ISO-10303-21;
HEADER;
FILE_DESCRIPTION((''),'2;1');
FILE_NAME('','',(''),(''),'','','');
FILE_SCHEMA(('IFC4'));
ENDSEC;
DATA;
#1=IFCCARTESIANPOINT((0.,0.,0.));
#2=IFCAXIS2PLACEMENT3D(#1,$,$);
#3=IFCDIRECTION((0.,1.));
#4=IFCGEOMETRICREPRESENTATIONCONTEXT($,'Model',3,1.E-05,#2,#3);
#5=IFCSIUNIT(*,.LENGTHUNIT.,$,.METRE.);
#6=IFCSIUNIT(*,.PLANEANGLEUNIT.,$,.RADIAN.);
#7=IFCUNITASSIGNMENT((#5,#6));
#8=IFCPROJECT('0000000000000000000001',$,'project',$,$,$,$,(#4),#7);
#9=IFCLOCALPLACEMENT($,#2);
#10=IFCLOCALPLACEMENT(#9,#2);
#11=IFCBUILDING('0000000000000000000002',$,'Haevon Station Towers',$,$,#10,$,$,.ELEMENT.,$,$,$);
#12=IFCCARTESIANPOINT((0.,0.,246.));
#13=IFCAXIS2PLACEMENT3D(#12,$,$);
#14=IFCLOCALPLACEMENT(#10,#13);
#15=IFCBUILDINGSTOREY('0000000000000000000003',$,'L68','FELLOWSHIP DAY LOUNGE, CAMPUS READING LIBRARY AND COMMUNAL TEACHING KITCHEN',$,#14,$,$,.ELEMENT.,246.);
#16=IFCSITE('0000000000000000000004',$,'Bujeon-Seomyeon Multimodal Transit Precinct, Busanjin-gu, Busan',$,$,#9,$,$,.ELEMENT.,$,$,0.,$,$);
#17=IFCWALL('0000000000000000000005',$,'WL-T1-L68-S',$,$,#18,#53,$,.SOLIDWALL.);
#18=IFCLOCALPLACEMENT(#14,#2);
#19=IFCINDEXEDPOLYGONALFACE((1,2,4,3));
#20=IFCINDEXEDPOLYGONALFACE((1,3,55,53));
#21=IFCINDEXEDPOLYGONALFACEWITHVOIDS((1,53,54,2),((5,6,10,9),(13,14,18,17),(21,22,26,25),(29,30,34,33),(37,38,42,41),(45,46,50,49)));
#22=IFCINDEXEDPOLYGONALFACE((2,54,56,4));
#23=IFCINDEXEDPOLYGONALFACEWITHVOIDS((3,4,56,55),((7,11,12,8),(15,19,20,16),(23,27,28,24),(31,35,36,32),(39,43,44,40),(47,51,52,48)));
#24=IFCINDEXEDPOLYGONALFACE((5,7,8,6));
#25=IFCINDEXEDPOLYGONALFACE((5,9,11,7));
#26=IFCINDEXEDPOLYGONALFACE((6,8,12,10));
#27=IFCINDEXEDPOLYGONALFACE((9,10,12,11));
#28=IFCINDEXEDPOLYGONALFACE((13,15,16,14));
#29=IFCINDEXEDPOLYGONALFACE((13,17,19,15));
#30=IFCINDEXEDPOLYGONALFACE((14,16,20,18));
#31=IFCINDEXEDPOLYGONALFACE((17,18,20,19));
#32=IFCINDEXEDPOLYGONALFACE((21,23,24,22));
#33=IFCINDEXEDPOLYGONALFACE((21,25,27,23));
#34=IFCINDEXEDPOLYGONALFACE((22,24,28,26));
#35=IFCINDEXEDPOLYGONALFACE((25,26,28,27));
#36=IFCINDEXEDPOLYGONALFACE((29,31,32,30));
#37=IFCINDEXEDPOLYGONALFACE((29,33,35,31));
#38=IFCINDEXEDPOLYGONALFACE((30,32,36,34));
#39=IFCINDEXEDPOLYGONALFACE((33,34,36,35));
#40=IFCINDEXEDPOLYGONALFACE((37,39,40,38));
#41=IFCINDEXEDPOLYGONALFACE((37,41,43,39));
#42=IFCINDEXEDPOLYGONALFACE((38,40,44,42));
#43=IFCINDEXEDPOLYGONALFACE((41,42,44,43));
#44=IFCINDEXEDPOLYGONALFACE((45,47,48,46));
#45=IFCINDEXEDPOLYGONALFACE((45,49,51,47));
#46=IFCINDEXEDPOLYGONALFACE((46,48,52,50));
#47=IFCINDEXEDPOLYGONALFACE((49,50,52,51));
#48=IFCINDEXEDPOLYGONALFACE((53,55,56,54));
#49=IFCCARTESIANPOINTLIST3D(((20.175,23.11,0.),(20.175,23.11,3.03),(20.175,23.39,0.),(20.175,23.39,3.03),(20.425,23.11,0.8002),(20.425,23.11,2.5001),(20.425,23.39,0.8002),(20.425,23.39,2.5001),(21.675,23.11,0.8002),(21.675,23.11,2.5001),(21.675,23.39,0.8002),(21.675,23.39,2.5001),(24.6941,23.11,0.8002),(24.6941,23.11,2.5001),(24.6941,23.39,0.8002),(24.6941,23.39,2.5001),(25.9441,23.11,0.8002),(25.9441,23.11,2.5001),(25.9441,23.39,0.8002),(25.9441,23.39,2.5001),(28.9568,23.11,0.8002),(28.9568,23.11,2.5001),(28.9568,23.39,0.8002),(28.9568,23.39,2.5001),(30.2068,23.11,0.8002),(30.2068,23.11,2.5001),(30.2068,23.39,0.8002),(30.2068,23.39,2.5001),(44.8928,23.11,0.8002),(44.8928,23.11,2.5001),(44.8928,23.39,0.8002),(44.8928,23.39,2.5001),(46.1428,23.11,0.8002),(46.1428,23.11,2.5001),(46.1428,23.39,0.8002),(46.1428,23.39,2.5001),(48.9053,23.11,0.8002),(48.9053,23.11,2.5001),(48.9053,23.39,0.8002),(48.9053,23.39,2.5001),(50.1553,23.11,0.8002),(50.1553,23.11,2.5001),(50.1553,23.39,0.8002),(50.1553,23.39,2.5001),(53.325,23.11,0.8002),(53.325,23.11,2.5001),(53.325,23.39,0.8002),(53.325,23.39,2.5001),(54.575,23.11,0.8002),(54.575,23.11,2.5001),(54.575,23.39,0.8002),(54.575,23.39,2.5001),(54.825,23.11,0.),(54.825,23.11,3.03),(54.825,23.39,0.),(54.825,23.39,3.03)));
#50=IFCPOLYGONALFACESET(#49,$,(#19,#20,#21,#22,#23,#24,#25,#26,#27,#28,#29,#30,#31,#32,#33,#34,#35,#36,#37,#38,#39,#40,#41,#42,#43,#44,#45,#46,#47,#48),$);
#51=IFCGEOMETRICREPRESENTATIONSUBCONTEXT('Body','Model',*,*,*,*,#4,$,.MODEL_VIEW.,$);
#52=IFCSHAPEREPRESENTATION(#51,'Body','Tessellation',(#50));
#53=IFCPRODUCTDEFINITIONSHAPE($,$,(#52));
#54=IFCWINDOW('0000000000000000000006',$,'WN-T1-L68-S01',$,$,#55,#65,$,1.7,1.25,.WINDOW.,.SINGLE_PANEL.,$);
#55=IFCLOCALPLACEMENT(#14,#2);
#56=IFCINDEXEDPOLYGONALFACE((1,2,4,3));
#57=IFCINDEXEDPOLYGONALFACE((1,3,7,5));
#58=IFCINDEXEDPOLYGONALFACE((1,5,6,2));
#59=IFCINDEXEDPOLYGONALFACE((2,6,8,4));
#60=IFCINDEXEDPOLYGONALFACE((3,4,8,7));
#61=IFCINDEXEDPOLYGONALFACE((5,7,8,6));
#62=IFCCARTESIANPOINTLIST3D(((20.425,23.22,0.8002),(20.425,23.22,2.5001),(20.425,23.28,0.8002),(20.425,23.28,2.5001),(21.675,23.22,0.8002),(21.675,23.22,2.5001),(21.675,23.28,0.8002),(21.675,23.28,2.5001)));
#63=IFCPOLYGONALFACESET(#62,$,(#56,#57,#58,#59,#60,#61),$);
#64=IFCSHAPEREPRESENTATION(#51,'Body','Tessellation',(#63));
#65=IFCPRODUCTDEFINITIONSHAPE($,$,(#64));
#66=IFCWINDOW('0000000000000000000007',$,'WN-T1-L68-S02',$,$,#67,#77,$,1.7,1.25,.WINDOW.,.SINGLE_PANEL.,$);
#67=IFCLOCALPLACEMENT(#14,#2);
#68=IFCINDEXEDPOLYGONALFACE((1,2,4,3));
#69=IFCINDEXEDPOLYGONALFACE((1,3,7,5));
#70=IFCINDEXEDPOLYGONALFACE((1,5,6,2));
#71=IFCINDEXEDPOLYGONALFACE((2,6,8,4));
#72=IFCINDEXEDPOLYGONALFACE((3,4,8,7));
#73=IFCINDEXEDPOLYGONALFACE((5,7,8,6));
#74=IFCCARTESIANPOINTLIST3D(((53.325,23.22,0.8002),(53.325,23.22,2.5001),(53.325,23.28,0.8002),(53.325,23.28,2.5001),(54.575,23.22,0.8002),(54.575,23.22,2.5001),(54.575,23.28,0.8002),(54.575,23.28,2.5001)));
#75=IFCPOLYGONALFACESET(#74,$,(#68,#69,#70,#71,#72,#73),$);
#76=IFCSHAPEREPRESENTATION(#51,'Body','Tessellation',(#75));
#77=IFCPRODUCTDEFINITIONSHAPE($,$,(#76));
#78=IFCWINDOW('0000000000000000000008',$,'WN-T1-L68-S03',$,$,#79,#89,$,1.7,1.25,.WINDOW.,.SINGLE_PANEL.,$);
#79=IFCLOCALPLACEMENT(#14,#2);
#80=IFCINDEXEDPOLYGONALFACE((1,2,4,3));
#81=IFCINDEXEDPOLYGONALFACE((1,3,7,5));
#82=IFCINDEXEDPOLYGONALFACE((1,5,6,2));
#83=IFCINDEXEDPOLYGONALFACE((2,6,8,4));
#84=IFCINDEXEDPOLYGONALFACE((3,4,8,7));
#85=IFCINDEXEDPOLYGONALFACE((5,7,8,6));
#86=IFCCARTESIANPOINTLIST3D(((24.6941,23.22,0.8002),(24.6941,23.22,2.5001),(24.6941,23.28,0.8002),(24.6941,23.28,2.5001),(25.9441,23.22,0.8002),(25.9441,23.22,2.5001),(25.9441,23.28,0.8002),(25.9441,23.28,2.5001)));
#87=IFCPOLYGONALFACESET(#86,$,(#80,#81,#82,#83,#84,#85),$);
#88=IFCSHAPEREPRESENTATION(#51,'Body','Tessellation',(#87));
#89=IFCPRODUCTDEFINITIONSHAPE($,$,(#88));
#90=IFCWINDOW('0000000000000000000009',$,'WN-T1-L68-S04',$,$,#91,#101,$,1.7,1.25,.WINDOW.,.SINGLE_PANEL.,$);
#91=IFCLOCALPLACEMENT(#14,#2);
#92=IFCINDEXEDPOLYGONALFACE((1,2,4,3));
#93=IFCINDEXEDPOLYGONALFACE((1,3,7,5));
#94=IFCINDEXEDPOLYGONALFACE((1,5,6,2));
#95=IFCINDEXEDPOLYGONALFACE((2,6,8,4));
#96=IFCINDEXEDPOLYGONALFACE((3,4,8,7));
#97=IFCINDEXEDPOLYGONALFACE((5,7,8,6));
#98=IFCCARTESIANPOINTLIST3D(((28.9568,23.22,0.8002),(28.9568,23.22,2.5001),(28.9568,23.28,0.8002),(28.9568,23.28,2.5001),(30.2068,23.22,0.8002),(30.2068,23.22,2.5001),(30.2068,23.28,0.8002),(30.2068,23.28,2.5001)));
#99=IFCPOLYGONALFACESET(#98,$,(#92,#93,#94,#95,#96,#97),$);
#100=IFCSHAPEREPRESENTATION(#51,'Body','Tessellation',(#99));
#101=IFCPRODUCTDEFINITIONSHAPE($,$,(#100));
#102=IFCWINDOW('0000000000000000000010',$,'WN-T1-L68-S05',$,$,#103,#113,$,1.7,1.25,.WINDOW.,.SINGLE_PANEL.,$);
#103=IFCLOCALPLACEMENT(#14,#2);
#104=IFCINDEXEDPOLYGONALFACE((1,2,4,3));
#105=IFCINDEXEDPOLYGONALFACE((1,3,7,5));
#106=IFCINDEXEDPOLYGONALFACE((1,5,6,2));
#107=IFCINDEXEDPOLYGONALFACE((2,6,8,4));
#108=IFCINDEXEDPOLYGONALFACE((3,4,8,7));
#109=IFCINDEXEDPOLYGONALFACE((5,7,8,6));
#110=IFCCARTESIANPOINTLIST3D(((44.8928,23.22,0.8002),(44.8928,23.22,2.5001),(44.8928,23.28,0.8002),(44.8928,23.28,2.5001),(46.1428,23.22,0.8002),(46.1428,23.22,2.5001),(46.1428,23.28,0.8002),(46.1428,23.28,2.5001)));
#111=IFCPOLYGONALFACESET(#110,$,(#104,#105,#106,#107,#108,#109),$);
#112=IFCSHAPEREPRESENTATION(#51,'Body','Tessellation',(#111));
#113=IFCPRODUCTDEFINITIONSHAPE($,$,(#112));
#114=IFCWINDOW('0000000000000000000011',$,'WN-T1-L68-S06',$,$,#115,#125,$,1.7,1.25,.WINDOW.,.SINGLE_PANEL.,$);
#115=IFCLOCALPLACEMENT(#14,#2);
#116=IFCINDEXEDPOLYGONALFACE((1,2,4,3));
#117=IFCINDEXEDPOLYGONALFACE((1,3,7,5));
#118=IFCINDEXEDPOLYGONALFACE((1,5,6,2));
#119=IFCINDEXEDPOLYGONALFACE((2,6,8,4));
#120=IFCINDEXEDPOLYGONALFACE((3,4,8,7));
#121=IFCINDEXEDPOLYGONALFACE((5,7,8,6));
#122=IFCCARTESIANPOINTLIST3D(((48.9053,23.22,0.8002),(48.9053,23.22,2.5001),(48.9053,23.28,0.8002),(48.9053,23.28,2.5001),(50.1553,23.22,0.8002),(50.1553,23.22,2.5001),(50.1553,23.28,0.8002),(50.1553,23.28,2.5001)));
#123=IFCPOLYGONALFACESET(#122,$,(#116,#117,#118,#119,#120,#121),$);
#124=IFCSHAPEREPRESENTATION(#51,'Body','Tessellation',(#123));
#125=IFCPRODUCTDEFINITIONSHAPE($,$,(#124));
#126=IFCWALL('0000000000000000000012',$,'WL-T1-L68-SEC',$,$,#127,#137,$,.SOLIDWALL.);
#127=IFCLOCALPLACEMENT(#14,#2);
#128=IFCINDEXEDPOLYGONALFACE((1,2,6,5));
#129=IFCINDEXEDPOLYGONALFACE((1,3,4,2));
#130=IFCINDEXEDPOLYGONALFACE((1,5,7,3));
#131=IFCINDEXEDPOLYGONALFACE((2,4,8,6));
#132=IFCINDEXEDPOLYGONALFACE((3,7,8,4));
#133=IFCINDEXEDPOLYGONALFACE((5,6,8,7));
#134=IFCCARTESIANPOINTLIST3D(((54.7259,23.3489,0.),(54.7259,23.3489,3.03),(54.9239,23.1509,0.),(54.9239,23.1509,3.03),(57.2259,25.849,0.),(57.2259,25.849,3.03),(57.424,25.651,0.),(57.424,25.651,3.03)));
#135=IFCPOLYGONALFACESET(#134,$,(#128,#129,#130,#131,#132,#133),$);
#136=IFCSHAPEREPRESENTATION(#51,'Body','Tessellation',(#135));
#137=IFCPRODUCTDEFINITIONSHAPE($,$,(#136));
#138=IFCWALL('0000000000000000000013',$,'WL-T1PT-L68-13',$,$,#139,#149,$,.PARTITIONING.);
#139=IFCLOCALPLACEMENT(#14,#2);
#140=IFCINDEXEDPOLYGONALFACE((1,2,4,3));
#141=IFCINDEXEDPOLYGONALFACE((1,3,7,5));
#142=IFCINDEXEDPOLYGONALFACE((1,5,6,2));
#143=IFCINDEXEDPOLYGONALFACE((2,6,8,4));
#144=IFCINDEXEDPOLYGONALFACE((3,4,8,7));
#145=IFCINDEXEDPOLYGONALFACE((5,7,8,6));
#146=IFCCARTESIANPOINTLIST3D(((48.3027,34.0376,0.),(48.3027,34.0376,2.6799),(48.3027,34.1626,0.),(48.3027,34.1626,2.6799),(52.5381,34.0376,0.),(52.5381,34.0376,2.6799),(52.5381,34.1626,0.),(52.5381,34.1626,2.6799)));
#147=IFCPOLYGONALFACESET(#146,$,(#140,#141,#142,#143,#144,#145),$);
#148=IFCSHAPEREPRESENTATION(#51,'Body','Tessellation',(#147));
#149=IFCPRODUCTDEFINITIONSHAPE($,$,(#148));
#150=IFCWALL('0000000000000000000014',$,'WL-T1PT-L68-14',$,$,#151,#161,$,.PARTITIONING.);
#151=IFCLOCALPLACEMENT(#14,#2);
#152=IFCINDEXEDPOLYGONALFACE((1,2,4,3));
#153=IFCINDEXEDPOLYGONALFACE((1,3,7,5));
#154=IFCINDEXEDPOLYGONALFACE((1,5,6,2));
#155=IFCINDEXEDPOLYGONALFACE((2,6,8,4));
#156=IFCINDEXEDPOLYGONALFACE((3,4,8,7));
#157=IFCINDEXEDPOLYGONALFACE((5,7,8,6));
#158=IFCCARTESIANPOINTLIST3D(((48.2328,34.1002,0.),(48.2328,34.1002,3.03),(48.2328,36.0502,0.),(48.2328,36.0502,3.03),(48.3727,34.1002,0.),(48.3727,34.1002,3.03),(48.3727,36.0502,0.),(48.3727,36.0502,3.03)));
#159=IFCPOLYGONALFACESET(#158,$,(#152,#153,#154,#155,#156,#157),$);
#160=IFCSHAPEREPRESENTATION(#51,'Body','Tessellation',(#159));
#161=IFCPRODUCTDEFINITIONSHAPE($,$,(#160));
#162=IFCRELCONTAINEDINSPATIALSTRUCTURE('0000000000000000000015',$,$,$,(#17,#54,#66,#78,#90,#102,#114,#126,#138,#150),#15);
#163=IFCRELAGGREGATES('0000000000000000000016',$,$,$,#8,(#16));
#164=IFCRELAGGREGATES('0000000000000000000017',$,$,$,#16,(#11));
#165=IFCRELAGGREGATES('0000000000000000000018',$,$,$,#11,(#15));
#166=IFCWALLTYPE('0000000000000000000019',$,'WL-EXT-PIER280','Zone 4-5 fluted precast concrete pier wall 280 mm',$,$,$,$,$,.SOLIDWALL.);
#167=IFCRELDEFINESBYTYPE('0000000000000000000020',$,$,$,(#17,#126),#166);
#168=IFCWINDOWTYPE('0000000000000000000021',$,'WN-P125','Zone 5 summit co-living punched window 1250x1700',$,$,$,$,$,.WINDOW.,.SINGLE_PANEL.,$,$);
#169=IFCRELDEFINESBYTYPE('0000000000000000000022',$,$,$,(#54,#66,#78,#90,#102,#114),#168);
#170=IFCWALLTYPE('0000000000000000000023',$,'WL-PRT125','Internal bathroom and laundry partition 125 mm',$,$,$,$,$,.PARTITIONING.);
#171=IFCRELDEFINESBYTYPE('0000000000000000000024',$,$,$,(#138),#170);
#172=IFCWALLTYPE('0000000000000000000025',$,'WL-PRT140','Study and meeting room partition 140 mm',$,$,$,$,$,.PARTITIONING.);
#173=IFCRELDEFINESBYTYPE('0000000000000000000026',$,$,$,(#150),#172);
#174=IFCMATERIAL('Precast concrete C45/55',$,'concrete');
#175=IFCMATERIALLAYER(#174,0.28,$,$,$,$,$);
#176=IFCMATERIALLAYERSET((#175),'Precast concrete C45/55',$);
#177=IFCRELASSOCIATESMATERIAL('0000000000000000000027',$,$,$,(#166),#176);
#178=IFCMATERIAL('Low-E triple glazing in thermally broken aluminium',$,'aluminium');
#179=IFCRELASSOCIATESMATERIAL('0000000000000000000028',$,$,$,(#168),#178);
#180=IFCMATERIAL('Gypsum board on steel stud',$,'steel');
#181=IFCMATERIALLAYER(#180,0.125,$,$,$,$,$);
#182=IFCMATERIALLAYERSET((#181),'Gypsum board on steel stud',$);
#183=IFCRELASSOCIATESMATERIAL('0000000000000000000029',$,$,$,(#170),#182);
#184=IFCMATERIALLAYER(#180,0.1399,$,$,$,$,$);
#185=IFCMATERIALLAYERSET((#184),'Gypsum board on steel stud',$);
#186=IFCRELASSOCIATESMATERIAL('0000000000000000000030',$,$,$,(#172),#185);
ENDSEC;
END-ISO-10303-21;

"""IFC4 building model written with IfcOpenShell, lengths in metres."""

from ifc_helpers import new_model, si_unit, direction, frame, frame_2d, origin, place, context, subcontext, project, spatial, rectangle, extrude, material, layer, layer_set, type_object, element, fill, save


model = new_model("IFC4")

# Units and contexts
model_context = context("Model", 3, precision=1e-05, world=origin(), true_north=direction((0.0, 1.0)))
body_context = subcontext(model_context, "Body", "Model", "MODEL_VIEW")
ifc_project = project(units=[si_unit("LENGTHUNIT", "METRE"), si_unit("PLANEANGLEUNIT", "RADIAN")], contexts=[model_context])

# Site, building, storey
site_placement = place(None, origin())
site = spatial("IfcSite", under=ifc_project, at=site_placement, Name="Bujeon-Seomyeon Multimodal Transit Precinct, Busanjin-gu, Busan", CompositionType="ELEMENT", RefElevation=0.0)
building_placement = place(site_placement, origin())
building = spatial("IfcBuilding", under=site, at=building_placement, Name="Haevon Station Towers", CompositionType="ELEMENT")
storey_placement = place(building_placement, frame((0.0, 0.0, 246.0)))
storey = spatial("IfcBuildingStorey", under=building, at=storey_placement, Name="L68", Description="FELLOWSHIP DAY LOUNGE, CAMPUS READING LIBRARY AND COMMUNAL TEACHING KITCHEN", CompositionType="ELEMENT", Elevation=246.0)

# Wall, openings, windows
ifc_material_1 = material(Name="Precast concrete C45/55", Category="concrete")
ifc_layer_1 = layer(ifc_material_1, 0.28)
ifc_layer_set_1 = layer_set([ifc_layer_1], Name="Precast concrete C45/55")
wall_type_1 = type_object("IfcWallType", Name="WL-EXT-PIER280", Description="Zone 4-5 fluted precast concrete pier wall 280 mm", PredefinedType="SOLIDWALL", material=ifc_layer_set_1)
wall_1_placement = place(storey_placement, frame((54.825, 23.25, 0.0), z_axis=(0.0, 0.0, 1.0), x_axis=(-1.0, 0.0, 0.0)))
wall_1 = element("IfcWall", 1, at=wall_1_placement, inside=storey, type_object=wall_type_1, Name="WL-T1-L68-S", PredefinedType="SOLIDWALL", context=body_context, shape_type="SweptSolid", body=[
    extrude(rectangle(XDim=34.6499, YDim=0.28, at=frame_2d((17.325, 0.0))), origin(), (0.0, 0.0, 1.0), 3.03),
])
opening_1_placement = place(wall_1_placement, frame((33.1499, 0.0, 0.8)))
opening_1 = element("IfcOpeningElement", 2, at=opening_1_placement, cuts=wall_1, PredefinedType="OPENING", context=body_context, shape_type="SweptSolid", body=[
    extrude(rectangle(XDim=1.25, YDim=1.7, at=frame_2d((0.625, 0.8501))), frame((0.0, 0.1499, 0.0), z_axis=(0.0, -1.0, 0.0), x_axis=(1.0, 0.0, 0.0)), (0.0, 0.0, 1.0), 0.3),
])
opening_2_placement = place(wall_1_placement, frame((0.25, 0.0, 0.8)))
opening_2 = element("IfcOpeningElement", 3, at=opening_2_placement, cuts=wall_1, PredefinedType="OPENING", context=body_context, shape_type="SweptSolid", body=[
    extrude(rectangle(XDim=1.25, YDim=1.7, at=frame_2d((0.625, 0.8501))), frame((0.0, 0.1499, 0.0), z_axis=(0.0, -1.0, 0.0), x_axis=(1.0, 0.0, 0.0)), (0.0, 0.0, 1.0), 0.3),
])
opening_3_placement = place(wall_1_placement, frame((28.8809, 0.0, 0.8)))
opening_3 = element("IfcOpeningElement", 4, at=opening_3_placement, cuts=wall_1, PredefinedType="OPENING", context=body_context, shape_type="SweptSolid", body=[
    extrude(rectangle(XDim=1.25, YDim=1.7, at=frame_2d((0.625, 0.8501))), frame((0.0, 0.1499, 0.0), z_axis=(0.0, -1.0, 0.0), x_axis=(1.0, 0.0, 0.0)), (0.0, 0.0, 1.0), 0.3),
])
opening_4_placement = place(wall_1_placement, frame((24.6182, 0.0, 0.8)))
opening_4 = element("IfcOpeningElement", 5, at=opening_4_placement, cuts=wall_1, PredefinedType="OPENING", context=body_context, shape_type="SweptSolid", body=[
    extrude(rectangle(XDim=1.25, YDim=1.7, at=frame_2d((0.625, 0.8501))), frame((0.0, 0.1499, 0.0), z_axis=(0.0, -1.0, 0.0), x_axis=(1.0, 0.0, 0.0)), (0.0, 0.0, 1.0), 0.3),
])
opening_5_placement = place(wall_1_placement, frame((8.6821, 0.0, 0.8)))
opening_5 = element("IfcOpeningElement", 6, at=opening_5_placement, cuts=wall_1, PredefinedType="OPENING", context=body_context, shape_type="SweptSolid", body=[
    extrude(rectangle(XDim=1.25, YDim=1.7, at=frame_2d((0.625, 0.8501))), frame((0.0, 0.1499, 0.0), z_axis=(0.0, -1.0, 0.0), x_axis=(1.0, 0.0, 0.0)), (0.0, 0.0, 1.0), 0.3),
])
opening_6_placement = place(wall_1_placement, frame((4.6697, 0.0, 0.8)))
opening_6 = element("IfcOpeningElement", 7, at=opening_6_placement, cuts=wall_1, PredefinedType="OPENING", context=body_context, shape_type="SweptSolid", body=[
    extrude(rectangle(XDim=1.25, YDim=1.7, at=frame_2d((0.625, 0.8501))), frame((0.0, 0.1499, 0.0), z_axis=(0.0, -1.0, 0.0), x_axis=(1.0, 0.0, 0.0)), (0.0, 0.0, 1.0), 0.3),
])
ifc_material_2 = material(Name="Low-E triple glazing in thermally broken aluminium", Category="aluminium")
window_type = type_object("IfcWindowType", Name="WN-P125", Description="Zone 5 summit co-living punched window 1250x1700", PartitioningType="SINGLE_PANEL", PredefinedType="WINDOW", material=ifc_material_2)
window_1_placement = place(opening_1_placement, origin())
window_1 = element("IfcWindow", 8, at=window_1_placement, inside=storey, type_object=window_type, Name="WN-T1-L68-S01", OverallHeight=1.7, OverallWidth=1.25, PartitioningType="SINGLE_PANEL", PredefinedType="WINDOW", context=body_context, shape_type="SweptSolid", body=[
    extrude(rectangle(XDim=1.25, YDim=1.7, at=frame_2d((0.625, 0.8501))), frame((0.0, 0.03, 0.0), z_axis=(0.0, -1.0, 0.0), x_axis=(1.0, 0.0, 0.0)), (0.0, 0.0, 1.0), 0.0601),
])
fill(opening_1, window_1)
window_2_placement = place(opening_2_placement, origin())
window_2 = element("IfcWindow", 9, at=window_2_placement, inside=storey, type_object=window_type, Name="WN-T1-L68-S02", OverallHeight=1.7, OverallWidth=1.25, PartitioningType="SINGLE_PANEL", PredefinedType="WINDOW", context=body_context, shape_type="SweptSolid", body=[
    extrude(rectangle(XDim=1.25, YDim=1.7, at=frame_2d((0.625, 0.8501))), frame((0.0, 0.03, 0.0), z_axis=(0.0, -1.0, 0.0), x_axis=(1.0, 0.0, 0.0)), (0.0, 0.0, 1.0), 0.0601),
])
fill(opening_2, window_2)
window_3_placement = place(opening_3_placement, origin())
window_3 = element("IfcWindow", 10, at=window_3_placement, inside=storey, type_object=window_type, Name="WN-T1-L68-S03", OverallHeight=1.7, OverallWidth=1.25, PartitioningType="SINGLE_PANEL", PredefinedType="WINDOW", context=body_context, shape_type="SweptSolid", body=[
    extrude(rectangle(XDim=1.25, YDim=1.7, at=frame_2d((0.625, 0.8501))), frame((0.0, 0.03, 0.0), z_axis=(0.0, -1.0, 0.0), x_axis=(1.0, 0.0, 0.0)), (0.0, 0.0, 1.0), 0.0601),
])
fill(opening_3, window_3)
window_4_placement = place(opening_4_placement, origin())
window_4 = element("IfcWindow", 11, at=window_4_placement, inside=storey, type_object=window_type, Name="WN-T1-L68-S04", OverallHeight=1.7, OverallWidth=1.25, PartitioningType="SINGLE_PANEL", PredefinedType="WINDOW", context=body_context, shape_type="SweptSolid", body=[
    extrude(rectangle(XDim=1.25, YDim=1.7, at=frame_2d((0.625, 0.8501))), frame((0.0, 0.03, 0.0), z_axis=(0.0, -1.0, 0.0), x_axis=(1.0, 0.0, 0.0)), (0.0, 0.0, 1.0), 0.0601),
])
fill(opening_4, window_4)
window_5_placement = place(opening_5_placement, origin())
window_5 = element("IfcWindow", 12, at=window_5_placement, inside=storey, type_object=window_type, Name="WN-T1-L68-S05", OverallHeight=1.7, OverallWidth=1.25, PartitioningType="SINGLE_PANEL", PredefinedType="WINDOW", context=body_context, shape_type="SweptSolid", body=[
    extrude(rectangle(XDim=1.25, YDim=1.7, at=frame_2d((0.625, 0.8501))), frame((0.0, 0.03, 0.0), z_axis=(0.0, -1.0, 0.0), x_axis=(1.0, 0.0, 0.0)), (0.0, 0.0, 1.0), 0.0601),
])
fill(opening_5, window_5)
window_6_placement = place(opening_6_placement, origin())
window_6 = element("IfcWindow", 13, at=window_6_placement, inside=storey, type_object=window_type, Name="WN-T1-L68-S06", OverallHeight=1.7, OverallWidth=1.25, PartitioningType="SINGLE_PANEL", PredefinedType="WINDOW", context=body_context, shape_type="SweptSolid", body=[
    extrude(rectangle(XDim=1.25, YDim=1.7, at=frame_2d((0.625, 0.8501))), frame((0.0, 0.03, 0.0), z_axis=(0.0, -1.0, 0.0), x_axis=(1.0, 0.0, 0.0)), (0.0, 0.0, 1.0), 0.0601),
])
fill(opening_6, window_6)

# Walls
wall_2_placement = place(storey_placement, frame((57.325, 25.75, 0.0), z_axis=(0.0, 0.0, 1.0), x_axis=(-0.707107, -0.707107, 0.0)))
element("IfcWall", 14, at=wall_2_placement, inside=storey, type_object=wall_type_1, Name="WL-T1-L68-SEC", PredefinedType="SOLIDWALL", context=body_context, shape_type="SweptSolid", body=[
    extrude(rectangle(XDim=3.5356, YDim=0.28, at=frame_2d((1.7678, 0.0))), origin(), (0.0, 0.0, 1.0), 3.03),
])
ifc_material_3 = material(Name="Gypsum board on steel stud", Category="steel")
ifc_layer_2 = layer(ifc_material_3, 0.125)
ifc_layer_set_2 = layer_set([ifc_layer_2], Name="Gypsum board on steel stud")
wall_type_2 = type_object("IfcWallType", Name="WL-PRT125", Description="Internal bathroom and laundry partition 125 mm", PredefinedType="PARTITIONING", material=ifc_layer_set_2)
wall_3_placement = place(storey_placement, frame((48.3027, 34.1001, 0.0), z_axis=(0.0, 0.0, 1.0), x_axis=(1.0, 0.0, 0.0)))
element("IfcWall", 15, at=wall_3_placement, inside=storey, type_object=wall_type_2, Name="WL-T1PT-L68-13", PredefinedType="PARTITIONING", context=body_context, shape_type="SweptSolid", body=[
    extrude(rectangle(XDim=4.2354, YDim=0.125, at=frame_2d((2.1177, 0.0))), origin(), (0.0, 0.0, 1.0), 2.6799),
])
ifc_layer_3 = layer(ifc_material_3, 0.1399)
ifc_layer_set_3 = layer_set([ifc_layer_3], Name="Gypsum board on steel stud")
wall_type_3 = type_object("IfcWallType", Name="WL-PRT140", Description="Study and meeting room partition 140 mm", PredefinedType="PARTITIONING", material=ifc_layer_set_3)
wall_4_placement = place(storey_placement, frame((48.3027, 34.1001, 0.0), z_axis=(0.0, 0.0, 1.0), x_axis=(0.0, 1.0, 0.0)))
element("IfcWall", 16, at=wall_4_placement, inside=storey, type_object=wall_type_3, Name="WL-T1PT-L68-14", PredefinedType="PARTITIONING", context=body_context, shape_type="SweptSolid", body=[
    extrude(rectangle(XDim=1.95, YDim=0.1399, at=frame_2d((0.9751, 0.0))), origin(), (0.0, 0.0, 1.0), 3.03),
])

save(model, "model.ifc")
